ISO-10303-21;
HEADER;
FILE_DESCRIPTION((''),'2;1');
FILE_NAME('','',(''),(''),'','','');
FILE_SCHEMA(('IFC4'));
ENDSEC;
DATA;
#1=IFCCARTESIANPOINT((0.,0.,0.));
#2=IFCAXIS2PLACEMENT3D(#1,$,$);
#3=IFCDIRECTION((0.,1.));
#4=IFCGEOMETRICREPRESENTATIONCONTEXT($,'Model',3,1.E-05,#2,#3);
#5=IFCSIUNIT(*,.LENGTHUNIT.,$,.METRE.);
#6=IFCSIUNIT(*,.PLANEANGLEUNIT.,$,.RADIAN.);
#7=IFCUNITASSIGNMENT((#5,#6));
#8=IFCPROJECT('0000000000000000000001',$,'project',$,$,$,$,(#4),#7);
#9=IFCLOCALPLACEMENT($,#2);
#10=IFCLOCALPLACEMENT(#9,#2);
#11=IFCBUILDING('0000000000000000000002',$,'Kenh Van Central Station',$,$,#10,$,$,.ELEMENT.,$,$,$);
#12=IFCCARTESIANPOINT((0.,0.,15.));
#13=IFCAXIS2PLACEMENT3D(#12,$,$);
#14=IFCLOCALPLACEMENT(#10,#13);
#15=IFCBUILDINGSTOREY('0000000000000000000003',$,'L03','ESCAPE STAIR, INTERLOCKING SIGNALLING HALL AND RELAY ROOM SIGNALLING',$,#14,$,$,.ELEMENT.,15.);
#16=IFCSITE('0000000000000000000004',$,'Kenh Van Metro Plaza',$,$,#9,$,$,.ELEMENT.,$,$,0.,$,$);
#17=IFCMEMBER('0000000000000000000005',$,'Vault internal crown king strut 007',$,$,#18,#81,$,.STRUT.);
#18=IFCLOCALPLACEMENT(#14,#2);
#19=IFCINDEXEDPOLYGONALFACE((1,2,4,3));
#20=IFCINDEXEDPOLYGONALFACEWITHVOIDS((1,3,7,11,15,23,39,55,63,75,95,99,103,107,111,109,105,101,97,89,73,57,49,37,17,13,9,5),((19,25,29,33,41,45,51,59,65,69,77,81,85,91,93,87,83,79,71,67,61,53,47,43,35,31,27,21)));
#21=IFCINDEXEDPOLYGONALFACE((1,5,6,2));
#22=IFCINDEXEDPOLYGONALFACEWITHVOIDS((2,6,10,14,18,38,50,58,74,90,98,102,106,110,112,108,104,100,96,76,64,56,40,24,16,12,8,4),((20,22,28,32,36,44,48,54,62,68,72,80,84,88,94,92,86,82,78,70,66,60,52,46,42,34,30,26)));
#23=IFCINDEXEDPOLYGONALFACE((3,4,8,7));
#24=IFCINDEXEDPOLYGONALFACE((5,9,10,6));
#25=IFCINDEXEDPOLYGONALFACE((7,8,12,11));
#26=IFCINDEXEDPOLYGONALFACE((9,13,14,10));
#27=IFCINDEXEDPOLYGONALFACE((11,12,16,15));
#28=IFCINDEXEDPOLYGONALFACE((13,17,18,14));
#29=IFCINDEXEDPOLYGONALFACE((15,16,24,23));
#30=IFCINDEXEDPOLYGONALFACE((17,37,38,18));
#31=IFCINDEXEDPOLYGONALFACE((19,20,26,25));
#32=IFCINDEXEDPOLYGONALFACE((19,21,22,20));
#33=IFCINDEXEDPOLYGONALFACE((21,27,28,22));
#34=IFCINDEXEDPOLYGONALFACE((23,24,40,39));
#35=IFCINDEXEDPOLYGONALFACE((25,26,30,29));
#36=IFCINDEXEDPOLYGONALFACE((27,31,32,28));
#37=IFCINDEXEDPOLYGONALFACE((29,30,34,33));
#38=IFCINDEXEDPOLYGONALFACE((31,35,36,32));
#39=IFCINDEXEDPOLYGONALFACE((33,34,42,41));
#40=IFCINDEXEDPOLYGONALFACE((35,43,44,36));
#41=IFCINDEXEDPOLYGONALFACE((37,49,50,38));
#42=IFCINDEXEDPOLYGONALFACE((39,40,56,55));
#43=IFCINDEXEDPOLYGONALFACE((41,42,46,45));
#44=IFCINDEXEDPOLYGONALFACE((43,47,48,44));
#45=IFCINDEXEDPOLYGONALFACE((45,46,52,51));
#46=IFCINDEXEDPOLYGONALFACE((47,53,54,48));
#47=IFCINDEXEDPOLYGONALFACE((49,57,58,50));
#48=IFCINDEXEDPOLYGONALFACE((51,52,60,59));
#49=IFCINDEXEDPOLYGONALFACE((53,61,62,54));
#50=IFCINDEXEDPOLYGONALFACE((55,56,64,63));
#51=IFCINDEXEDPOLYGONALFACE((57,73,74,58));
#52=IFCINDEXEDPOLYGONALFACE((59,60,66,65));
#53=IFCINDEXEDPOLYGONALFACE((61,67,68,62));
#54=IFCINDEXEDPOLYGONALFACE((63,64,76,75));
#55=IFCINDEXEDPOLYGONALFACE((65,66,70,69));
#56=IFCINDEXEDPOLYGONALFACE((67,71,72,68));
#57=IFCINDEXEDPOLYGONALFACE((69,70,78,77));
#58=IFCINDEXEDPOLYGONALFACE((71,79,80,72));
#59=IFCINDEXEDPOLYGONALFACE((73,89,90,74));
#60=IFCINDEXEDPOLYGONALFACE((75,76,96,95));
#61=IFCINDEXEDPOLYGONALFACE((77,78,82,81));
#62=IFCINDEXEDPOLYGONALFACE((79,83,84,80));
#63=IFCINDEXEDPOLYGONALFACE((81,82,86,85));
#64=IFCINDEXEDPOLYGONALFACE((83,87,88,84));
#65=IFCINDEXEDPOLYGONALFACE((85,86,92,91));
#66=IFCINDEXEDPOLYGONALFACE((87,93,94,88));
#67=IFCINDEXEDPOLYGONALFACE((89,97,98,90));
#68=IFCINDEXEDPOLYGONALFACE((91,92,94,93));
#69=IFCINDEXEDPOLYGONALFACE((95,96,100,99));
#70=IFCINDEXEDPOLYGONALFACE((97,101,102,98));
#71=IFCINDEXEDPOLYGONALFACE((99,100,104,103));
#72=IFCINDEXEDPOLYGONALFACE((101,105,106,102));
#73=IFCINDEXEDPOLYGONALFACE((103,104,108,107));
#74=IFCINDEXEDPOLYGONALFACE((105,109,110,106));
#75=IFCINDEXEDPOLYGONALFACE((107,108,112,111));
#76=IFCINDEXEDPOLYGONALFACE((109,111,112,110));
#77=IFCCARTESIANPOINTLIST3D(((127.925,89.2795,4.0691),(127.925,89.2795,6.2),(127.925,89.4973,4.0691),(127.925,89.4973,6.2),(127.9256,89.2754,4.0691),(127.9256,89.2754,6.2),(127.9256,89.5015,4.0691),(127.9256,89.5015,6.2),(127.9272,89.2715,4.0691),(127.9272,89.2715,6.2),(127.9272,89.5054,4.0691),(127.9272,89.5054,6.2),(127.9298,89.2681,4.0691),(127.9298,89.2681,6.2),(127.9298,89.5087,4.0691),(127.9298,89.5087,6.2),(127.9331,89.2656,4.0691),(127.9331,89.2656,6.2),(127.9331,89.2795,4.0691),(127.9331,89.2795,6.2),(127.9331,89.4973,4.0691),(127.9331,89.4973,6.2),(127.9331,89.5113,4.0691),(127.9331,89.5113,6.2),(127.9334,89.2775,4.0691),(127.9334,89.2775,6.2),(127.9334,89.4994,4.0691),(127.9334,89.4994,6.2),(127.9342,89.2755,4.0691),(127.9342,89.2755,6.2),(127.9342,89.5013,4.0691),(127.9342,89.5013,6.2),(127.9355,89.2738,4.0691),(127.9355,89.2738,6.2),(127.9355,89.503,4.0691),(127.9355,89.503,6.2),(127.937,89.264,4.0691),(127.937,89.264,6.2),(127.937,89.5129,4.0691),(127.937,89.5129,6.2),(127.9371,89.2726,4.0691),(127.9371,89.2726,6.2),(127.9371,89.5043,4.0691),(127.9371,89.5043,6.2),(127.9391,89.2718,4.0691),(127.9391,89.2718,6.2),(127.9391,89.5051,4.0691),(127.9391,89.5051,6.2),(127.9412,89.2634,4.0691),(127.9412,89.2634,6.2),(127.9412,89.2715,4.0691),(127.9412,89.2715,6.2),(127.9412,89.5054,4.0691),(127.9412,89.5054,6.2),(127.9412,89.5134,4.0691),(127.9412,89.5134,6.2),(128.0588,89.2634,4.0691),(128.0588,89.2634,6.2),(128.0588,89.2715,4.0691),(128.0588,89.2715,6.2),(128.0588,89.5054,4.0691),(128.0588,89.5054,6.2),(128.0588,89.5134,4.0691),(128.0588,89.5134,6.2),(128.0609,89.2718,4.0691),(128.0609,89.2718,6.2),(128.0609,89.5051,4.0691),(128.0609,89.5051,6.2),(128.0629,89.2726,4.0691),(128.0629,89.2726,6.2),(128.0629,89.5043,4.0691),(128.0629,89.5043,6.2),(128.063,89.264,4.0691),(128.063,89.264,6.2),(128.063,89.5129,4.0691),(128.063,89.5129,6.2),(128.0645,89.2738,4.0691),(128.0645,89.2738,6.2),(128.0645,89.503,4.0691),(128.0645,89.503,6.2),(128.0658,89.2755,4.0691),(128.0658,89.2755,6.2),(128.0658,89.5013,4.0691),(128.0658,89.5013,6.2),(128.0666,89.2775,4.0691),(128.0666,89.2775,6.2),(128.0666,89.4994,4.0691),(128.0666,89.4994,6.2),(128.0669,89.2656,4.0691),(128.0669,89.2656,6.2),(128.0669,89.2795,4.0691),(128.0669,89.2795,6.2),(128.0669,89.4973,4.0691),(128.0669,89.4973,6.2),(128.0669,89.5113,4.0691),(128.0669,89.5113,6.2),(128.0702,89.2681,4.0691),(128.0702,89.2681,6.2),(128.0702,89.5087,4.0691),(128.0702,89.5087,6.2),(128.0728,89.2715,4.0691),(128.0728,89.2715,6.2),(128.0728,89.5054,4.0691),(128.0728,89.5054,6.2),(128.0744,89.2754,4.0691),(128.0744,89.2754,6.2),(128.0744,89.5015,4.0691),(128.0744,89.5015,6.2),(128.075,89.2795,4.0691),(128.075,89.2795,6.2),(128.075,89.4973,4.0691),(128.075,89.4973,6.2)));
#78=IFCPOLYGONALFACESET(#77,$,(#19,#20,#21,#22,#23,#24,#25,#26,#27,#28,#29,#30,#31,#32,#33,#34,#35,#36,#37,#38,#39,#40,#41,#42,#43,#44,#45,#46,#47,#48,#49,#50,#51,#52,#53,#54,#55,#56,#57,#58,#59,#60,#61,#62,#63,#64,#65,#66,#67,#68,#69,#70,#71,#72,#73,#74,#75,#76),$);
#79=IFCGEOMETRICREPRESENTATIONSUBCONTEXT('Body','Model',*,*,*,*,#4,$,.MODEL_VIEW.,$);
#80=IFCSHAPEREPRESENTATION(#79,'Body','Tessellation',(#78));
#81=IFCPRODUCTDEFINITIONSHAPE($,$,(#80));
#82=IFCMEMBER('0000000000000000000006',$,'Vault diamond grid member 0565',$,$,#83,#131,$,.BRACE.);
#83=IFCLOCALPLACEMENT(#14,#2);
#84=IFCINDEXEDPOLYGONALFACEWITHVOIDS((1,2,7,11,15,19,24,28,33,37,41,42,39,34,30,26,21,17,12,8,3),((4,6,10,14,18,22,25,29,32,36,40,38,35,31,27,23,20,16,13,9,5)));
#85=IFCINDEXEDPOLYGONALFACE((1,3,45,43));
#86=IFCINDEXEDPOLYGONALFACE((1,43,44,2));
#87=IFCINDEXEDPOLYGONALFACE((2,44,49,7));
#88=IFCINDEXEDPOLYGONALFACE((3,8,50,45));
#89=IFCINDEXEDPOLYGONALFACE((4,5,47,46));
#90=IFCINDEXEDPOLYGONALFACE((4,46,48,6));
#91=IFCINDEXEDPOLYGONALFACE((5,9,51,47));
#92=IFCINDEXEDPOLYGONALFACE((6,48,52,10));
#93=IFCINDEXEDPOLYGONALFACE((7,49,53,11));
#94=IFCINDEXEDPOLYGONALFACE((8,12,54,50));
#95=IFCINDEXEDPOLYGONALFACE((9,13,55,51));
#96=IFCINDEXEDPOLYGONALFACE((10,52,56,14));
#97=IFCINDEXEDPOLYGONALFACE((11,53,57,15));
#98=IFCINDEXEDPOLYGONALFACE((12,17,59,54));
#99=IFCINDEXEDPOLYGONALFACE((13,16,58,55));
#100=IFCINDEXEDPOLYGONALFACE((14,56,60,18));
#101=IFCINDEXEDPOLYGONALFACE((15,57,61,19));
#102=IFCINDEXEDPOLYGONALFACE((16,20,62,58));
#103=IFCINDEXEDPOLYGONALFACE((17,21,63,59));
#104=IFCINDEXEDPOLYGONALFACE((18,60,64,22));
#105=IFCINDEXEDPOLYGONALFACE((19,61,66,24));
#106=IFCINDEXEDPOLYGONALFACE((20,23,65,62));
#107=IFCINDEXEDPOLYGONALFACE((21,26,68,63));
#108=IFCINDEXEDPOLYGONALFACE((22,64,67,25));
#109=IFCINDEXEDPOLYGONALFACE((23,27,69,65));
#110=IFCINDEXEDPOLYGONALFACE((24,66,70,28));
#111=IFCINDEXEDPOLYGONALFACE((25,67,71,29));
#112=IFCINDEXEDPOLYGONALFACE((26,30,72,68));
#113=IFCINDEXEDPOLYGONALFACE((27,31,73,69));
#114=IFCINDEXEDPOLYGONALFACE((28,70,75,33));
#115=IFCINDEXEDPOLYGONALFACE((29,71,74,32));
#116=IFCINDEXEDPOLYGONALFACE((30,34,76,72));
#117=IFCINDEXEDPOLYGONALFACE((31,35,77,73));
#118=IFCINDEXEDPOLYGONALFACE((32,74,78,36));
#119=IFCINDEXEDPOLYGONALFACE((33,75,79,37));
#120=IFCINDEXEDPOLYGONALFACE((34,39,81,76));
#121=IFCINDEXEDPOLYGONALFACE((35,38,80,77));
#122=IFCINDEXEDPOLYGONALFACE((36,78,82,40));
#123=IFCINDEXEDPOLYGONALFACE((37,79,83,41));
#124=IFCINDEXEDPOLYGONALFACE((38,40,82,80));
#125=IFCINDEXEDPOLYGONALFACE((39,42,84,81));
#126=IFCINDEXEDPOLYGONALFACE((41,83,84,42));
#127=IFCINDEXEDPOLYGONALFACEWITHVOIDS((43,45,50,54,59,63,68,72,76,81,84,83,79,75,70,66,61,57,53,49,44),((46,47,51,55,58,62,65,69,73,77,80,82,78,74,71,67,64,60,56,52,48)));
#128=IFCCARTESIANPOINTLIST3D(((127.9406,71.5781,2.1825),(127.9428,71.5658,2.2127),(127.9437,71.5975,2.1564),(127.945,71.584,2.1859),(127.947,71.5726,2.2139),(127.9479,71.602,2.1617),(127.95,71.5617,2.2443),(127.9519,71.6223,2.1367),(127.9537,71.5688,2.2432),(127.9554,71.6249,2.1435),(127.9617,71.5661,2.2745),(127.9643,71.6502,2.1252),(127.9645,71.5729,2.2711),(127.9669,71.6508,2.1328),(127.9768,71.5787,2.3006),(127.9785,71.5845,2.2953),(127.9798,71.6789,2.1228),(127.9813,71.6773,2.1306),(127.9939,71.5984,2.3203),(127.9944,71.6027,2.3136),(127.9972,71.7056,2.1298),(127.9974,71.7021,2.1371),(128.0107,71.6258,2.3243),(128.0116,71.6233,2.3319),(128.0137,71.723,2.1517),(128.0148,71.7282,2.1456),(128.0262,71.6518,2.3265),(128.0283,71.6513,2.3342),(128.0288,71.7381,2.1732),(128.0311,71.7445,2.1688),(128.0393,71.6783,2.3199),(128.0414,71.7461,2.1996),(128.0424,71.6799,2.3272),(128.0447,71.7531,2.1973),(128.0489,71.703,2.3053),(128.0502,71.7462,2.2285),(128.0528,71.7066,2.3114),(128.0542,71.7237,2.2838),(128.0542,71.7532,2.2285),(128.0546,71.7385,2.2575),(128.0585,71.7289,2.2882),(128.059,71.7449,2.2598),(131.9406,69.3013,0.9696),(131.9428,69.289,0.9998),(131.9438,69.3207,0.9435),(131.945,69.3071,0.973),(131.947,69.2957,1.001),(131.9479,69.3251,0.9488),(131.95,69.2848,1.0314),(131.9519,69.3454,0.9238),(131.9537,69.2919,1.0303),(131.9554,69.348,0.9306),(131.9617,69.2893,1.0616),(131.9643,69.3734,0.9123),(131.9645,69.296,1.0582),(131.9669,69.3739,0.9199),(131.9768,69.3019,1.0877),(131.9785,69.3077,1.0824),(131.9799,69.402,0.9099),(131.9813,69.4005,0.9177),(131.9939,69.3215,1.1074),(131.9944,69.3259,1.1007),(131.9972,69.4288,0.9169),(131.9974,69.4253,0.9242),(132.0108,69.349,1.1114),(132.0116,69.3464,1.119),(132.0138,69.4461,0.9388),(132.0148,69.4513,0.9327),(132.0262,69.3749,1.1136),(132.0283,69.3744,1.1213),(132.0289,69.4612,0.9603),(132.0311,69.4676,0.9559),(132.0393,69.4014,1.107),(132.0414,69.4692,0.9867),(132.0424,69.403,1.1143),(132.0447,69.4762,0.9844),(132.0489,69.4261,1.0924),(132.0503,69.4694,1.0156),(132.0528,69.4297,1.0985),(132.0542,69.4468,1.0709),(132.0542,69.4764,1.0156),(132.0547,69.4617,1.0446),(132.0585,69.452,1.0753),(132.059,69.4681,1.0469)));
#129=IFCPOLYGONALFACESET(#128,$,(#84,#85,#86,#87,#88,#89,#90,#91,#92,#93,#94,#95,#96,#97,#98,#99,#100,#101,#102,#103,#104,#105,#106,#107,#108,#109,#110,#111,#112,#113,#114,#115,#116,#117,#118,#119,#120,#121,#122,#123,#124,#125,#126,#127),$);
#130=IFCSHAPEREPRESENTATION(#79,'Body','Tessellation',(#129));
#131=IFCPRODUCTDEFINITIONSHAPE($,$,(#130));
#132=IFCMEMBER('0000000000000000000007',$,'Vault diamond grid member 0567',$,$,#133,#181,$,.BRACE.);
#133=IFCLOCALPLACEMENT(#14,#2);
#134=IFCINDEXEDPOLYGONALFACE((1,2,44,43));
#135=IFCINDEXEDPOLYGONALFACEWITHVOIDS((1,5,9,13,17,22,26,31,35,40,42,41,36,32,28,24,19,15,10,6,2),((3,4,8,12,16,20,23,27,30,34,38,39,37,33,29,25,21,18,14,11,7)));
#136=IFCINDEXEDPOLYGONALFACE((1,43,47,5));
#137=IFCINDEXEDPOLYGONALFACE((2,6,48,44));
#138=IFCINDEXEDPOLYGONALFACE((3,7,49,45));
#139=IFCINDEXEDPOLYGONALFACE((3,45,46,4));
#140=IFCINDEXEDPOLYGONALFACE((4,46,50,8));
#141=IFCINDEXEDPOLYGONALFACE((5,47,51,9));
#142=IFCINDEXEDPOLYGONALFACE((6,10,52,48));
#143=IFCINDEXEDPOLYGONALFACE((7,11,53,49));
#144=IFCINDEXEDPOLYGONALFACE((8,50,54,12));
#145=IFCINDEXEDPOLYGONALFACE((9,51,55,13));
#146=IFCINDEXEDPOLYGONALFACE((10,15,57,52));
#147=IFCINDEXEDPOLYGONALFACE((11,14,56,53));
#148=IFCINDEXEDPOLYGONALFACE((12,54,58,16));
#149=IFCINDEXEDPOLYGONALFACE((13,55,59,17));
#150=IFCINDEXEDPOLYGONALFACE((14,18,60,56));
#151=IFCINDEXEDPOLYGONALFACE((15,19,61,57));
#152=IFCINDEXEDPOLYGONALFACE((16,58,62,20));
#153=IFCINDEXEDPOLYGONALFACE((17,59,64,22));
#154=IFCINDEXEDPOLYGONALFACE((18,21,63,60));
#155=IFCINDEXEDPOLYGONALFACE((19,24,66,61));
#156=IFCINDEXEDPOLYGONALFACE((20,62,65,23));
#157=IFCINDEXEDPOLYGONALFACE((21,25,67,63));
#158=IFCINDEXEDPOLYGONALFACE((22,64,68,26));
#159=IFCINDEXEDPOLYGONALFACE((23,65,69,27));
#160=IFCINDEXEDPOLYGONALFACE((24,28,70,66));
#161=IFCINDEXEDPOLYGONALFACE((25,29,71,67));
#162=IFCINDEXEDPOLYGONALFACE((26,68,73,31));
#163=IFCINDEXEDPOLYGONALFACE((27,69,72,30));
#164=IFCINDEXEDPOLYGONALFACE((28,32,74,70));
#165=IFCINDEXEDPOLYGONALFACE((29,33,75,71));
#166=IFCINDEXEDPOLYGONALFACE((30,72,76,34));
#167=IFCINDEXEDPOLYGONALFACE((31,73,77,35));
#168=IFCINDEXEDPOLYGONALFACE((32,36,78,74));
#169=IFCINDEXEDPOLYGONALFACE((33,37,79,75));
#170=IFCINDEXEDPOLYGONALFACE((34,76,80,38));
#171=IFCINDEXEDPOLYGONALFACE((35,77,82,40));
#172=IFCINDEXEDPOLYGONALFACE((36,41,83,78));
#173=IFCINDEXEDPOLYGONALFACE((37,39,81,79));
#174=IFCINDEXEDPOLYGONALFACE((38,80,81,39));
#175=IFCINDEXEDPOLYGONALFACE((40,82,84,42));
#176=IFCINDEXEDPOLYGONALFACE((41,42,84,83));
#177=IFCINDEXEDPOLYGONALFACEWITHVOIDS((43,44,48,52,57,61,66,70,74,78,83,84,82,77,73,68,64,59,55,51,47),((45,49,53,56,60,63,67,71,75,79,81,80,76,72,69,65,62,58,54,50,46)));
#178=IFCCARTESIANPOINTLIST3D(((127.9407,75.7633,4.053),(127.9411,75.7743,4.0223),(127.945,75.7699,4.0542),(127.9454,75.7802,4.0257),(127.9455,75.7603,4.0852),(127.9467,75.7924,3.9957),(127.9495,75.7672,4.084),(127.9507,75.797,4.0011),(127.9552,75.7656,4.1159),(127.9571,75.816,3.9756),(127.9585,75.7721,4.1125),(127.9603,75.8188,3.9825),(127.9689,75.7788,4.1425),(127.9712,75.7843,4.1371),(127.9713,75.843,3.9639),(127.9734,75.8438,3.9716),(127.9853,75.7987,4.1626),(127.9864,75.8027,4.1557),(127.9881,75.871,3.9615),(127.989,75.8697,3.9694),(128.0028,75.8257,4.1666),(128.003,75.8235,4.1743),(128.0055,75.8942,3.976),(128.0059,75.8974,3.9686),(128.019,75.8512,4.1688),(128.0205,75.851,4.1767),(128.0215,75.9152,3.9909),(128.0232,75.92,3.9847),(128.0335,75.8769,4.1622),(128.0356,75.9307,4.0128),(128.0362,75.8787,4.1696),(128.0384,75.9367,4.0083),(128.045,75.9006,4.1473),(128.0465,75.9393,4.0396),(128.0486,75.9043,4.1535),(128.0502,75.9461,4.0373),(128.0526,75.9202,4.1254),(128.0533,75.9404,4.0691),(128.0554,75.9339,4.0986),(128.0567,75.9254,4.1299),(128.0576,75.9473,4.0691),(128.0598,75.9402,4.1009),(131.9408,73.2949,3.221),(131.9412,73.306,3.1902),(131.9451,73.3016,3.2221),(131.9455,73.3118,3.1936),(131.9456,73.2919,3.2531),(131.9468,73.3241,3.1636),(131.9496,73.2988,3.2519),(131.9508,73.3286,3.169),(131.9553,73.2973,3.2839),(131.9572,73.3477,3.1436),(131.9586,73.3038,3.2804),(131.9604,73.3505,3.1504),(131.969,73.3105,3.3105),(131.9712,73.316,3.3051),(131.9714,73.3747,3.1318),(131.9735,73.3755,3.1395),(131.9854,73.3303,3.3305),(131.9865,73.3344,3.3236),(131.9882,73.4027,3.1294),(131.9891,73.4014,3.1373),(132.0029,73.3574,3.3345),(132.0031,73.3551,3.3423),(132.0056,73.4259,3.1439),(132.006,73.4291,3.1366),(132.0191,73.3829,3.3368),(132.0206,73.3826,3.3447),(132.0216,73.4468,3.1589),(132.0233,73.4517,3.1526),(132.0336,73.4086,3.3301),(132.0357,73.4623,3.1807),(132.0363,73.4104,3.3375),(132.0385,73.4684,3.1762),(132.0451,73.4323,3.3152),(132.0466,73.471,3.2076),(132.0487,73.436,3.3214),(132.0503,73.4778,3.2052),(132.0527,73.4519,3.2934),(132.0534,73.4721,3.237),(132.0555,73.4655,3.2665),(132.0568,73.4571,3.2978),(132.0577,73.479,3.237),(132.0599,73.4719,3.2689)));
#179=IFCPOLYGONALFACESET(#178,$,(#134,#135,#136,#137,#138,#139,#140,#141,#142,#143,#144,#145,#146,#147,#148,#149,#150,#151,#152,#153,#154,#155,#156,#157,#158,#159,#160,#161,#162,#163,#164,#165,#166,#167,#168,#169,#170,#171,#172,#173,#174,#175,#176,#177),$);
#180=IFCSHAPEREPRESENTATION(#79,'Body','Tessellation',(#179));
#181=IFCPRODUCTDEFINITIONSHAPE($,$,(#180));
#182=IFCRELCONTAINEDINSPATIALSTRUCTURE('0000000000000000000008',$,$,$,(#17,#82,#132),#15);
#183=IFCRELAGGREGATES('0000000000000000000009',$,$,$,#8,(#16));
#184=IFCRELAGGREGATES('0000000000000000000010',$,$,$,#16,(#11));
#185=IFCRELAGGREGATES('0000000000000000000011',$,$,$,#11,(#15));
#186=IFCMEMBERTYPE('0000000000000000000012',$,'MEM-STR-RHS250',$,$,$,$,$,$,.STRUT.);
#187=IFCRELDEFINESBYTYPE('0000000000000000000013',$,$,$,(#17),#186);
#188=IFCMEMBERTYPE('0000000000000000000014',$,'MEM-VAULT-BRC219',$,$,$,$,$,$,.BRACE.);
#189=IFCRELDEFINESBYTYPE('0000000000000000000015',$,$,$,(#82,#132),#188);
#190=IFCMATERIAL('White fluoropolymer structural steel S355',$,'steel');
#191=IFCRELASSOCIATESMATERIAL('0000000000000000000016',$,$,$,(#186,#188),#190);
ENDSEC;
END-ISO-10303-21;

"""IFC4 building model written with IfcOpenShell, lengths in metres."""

from ifc_helpers import new_model, si_unit, direction, frame, origin, origin_2d, place, context, subcontext, project, spatial, hollow_rectangle, hollow_circle, extrude, material, material_profile, profile_set, type_object, element, save


model = new_model("IFC4")

# Units and contexts
model_context = context("Model", 3, precision=1e-05, world=origin(), true_north=direction((0.0, 1.0)))
body_context = subcontext(model_context, "Body", "Model", "MODEL_VIEW")
ifc_project = project(units=[si_unit("LENGTHUNIT", "METRE"), si_unit("PLANEANGLEUNIT", "RADIAN")], contexts=[model_context])

# Site, building, storey
site_placement = place(None, origin())
site = spatial("IfcSite", under=ifc_project, at=site_placement, Name="Kenh Van Metro Plaza", CompositionType="ELEMENT", RefElevation=0.0)
building_placement = place(site_placement, origin())
building = spatial("IfcBuilding", under=site, at=building_placement, Name="Kenh Van Central Station", CompositionType="ELEMENT")
storey_placement = place(building_placement, frame((0.0, 0.0, 15.0)))
storey = spatial("IfcBuildingStorey", under=building, at=storey_placement, Name="L03", Description="ESCAPE STAIR, INTERLOCKING SIGNALLING HALL AND RELAY ROOM SIGNALLING", CompositionType="ELEMENT", Elevation=15.0)

# Shared definitions
ifc_material_1 = material(Name="White fluoropolymer structural steel S355", Category="steel")

# Members
ifc_material_profile_1 = material_profile(ifc_material_1, hollow_rectangle(XDim=0.1499, YDim=0.25, WallThickness=0.0081, InnerFilletRadius=0.0081, OuterFilletRadius=0.0161, at=origin_2d()), Name="RHS 250x150x8")
ifc_profile_set_1 = profile_set([ifc_material_profile_1], Name="White fluoropolymer structural steel S355")
member_type_1 = type_object("IfcMemberType", Name="MEM-STR-RHS250", PredefinedType="STRUT", material=ifc_profile_set_1)
member_1_placement = place(storey_placement, frame((128.0, 89.3884, 4.0691), z_axis=(0.0, 0.0, 1.0), x_axis=(1.0, 0.0, 0.0)))
element("IfcMember", 1, at=member_1_placement, inside=storey, type_object=member_type_1, Name="Vault internal crown king strut 007", PredefinedType="STRUT", context=body_context, shape_type="SweptSolid", body=[
    extrude(hollow_rectangle(XDim=0.1499, YDim=0.25, WallThickness=0.0081, InnerFilletRadius=0.0081, OuterFilletRadius=0.0161, at=origin_2d()), origin(), (0.0, 0.0, 1.0), 2.1309),
])
ifc_material_profile_2 = material_profile(ifc_material_1, hollow_circle(Radius=0.1096, WallThickness=0.0081, at=origin_2d()), Name="CHS 219.1x8")
ifc_profile_set_2 = profile_set([ifc_material_profile_2], Name="White fluoropolymer structural steel S355")
member_type_2 = type_object("IfcMemberType", Name="MEM-VAULT-BRC219", PredefinedType="BRACE", material=ifc_profile_set_2)
member_2_placement = place(storey_placement, frame((128.0, 71.658, 2.2285), z_axis=(0.840381, -0.478357, -0.254823), x_axis=(0.494687, 0.869071, 0.0)))
element("IfcMember", 2, at=member_2_placement, inside=storey, type_object=member_type_2, Name="Vault diamond grid member 0565", PredefinedType="BRACE", context=body_context, shape_type="SweptSolid", body=[
    extrude(hollow_circle(Radius=0.1096, WallThickness=0.0081, at=origin_2d()), origin(), (0.0, 0.0, 1.0), 4.7598),
])
member_3_placement = place(storey_placement, frame((128.0, 75.854, 4.0691), z_axis=(0.837991, -0.517095, -0.174309), x_axis=(0.525135, 0.851019, 0.0)))
element("IfcMember", 3, at=member_3_placement, inside=storey, type_object=member_type_2, Name="Vault diamond grid member 0567", PredefinedType="BRACE", context=body_context, shape_type="SweptSolid", body=[
    extrude(hollow_circle(Radius=0.1096, WallThickness=0.0081, at=origin_2d()), origin(), (0.0, 0.0, 1.0), 4.7734),
])

save(model, "model.ifc")
